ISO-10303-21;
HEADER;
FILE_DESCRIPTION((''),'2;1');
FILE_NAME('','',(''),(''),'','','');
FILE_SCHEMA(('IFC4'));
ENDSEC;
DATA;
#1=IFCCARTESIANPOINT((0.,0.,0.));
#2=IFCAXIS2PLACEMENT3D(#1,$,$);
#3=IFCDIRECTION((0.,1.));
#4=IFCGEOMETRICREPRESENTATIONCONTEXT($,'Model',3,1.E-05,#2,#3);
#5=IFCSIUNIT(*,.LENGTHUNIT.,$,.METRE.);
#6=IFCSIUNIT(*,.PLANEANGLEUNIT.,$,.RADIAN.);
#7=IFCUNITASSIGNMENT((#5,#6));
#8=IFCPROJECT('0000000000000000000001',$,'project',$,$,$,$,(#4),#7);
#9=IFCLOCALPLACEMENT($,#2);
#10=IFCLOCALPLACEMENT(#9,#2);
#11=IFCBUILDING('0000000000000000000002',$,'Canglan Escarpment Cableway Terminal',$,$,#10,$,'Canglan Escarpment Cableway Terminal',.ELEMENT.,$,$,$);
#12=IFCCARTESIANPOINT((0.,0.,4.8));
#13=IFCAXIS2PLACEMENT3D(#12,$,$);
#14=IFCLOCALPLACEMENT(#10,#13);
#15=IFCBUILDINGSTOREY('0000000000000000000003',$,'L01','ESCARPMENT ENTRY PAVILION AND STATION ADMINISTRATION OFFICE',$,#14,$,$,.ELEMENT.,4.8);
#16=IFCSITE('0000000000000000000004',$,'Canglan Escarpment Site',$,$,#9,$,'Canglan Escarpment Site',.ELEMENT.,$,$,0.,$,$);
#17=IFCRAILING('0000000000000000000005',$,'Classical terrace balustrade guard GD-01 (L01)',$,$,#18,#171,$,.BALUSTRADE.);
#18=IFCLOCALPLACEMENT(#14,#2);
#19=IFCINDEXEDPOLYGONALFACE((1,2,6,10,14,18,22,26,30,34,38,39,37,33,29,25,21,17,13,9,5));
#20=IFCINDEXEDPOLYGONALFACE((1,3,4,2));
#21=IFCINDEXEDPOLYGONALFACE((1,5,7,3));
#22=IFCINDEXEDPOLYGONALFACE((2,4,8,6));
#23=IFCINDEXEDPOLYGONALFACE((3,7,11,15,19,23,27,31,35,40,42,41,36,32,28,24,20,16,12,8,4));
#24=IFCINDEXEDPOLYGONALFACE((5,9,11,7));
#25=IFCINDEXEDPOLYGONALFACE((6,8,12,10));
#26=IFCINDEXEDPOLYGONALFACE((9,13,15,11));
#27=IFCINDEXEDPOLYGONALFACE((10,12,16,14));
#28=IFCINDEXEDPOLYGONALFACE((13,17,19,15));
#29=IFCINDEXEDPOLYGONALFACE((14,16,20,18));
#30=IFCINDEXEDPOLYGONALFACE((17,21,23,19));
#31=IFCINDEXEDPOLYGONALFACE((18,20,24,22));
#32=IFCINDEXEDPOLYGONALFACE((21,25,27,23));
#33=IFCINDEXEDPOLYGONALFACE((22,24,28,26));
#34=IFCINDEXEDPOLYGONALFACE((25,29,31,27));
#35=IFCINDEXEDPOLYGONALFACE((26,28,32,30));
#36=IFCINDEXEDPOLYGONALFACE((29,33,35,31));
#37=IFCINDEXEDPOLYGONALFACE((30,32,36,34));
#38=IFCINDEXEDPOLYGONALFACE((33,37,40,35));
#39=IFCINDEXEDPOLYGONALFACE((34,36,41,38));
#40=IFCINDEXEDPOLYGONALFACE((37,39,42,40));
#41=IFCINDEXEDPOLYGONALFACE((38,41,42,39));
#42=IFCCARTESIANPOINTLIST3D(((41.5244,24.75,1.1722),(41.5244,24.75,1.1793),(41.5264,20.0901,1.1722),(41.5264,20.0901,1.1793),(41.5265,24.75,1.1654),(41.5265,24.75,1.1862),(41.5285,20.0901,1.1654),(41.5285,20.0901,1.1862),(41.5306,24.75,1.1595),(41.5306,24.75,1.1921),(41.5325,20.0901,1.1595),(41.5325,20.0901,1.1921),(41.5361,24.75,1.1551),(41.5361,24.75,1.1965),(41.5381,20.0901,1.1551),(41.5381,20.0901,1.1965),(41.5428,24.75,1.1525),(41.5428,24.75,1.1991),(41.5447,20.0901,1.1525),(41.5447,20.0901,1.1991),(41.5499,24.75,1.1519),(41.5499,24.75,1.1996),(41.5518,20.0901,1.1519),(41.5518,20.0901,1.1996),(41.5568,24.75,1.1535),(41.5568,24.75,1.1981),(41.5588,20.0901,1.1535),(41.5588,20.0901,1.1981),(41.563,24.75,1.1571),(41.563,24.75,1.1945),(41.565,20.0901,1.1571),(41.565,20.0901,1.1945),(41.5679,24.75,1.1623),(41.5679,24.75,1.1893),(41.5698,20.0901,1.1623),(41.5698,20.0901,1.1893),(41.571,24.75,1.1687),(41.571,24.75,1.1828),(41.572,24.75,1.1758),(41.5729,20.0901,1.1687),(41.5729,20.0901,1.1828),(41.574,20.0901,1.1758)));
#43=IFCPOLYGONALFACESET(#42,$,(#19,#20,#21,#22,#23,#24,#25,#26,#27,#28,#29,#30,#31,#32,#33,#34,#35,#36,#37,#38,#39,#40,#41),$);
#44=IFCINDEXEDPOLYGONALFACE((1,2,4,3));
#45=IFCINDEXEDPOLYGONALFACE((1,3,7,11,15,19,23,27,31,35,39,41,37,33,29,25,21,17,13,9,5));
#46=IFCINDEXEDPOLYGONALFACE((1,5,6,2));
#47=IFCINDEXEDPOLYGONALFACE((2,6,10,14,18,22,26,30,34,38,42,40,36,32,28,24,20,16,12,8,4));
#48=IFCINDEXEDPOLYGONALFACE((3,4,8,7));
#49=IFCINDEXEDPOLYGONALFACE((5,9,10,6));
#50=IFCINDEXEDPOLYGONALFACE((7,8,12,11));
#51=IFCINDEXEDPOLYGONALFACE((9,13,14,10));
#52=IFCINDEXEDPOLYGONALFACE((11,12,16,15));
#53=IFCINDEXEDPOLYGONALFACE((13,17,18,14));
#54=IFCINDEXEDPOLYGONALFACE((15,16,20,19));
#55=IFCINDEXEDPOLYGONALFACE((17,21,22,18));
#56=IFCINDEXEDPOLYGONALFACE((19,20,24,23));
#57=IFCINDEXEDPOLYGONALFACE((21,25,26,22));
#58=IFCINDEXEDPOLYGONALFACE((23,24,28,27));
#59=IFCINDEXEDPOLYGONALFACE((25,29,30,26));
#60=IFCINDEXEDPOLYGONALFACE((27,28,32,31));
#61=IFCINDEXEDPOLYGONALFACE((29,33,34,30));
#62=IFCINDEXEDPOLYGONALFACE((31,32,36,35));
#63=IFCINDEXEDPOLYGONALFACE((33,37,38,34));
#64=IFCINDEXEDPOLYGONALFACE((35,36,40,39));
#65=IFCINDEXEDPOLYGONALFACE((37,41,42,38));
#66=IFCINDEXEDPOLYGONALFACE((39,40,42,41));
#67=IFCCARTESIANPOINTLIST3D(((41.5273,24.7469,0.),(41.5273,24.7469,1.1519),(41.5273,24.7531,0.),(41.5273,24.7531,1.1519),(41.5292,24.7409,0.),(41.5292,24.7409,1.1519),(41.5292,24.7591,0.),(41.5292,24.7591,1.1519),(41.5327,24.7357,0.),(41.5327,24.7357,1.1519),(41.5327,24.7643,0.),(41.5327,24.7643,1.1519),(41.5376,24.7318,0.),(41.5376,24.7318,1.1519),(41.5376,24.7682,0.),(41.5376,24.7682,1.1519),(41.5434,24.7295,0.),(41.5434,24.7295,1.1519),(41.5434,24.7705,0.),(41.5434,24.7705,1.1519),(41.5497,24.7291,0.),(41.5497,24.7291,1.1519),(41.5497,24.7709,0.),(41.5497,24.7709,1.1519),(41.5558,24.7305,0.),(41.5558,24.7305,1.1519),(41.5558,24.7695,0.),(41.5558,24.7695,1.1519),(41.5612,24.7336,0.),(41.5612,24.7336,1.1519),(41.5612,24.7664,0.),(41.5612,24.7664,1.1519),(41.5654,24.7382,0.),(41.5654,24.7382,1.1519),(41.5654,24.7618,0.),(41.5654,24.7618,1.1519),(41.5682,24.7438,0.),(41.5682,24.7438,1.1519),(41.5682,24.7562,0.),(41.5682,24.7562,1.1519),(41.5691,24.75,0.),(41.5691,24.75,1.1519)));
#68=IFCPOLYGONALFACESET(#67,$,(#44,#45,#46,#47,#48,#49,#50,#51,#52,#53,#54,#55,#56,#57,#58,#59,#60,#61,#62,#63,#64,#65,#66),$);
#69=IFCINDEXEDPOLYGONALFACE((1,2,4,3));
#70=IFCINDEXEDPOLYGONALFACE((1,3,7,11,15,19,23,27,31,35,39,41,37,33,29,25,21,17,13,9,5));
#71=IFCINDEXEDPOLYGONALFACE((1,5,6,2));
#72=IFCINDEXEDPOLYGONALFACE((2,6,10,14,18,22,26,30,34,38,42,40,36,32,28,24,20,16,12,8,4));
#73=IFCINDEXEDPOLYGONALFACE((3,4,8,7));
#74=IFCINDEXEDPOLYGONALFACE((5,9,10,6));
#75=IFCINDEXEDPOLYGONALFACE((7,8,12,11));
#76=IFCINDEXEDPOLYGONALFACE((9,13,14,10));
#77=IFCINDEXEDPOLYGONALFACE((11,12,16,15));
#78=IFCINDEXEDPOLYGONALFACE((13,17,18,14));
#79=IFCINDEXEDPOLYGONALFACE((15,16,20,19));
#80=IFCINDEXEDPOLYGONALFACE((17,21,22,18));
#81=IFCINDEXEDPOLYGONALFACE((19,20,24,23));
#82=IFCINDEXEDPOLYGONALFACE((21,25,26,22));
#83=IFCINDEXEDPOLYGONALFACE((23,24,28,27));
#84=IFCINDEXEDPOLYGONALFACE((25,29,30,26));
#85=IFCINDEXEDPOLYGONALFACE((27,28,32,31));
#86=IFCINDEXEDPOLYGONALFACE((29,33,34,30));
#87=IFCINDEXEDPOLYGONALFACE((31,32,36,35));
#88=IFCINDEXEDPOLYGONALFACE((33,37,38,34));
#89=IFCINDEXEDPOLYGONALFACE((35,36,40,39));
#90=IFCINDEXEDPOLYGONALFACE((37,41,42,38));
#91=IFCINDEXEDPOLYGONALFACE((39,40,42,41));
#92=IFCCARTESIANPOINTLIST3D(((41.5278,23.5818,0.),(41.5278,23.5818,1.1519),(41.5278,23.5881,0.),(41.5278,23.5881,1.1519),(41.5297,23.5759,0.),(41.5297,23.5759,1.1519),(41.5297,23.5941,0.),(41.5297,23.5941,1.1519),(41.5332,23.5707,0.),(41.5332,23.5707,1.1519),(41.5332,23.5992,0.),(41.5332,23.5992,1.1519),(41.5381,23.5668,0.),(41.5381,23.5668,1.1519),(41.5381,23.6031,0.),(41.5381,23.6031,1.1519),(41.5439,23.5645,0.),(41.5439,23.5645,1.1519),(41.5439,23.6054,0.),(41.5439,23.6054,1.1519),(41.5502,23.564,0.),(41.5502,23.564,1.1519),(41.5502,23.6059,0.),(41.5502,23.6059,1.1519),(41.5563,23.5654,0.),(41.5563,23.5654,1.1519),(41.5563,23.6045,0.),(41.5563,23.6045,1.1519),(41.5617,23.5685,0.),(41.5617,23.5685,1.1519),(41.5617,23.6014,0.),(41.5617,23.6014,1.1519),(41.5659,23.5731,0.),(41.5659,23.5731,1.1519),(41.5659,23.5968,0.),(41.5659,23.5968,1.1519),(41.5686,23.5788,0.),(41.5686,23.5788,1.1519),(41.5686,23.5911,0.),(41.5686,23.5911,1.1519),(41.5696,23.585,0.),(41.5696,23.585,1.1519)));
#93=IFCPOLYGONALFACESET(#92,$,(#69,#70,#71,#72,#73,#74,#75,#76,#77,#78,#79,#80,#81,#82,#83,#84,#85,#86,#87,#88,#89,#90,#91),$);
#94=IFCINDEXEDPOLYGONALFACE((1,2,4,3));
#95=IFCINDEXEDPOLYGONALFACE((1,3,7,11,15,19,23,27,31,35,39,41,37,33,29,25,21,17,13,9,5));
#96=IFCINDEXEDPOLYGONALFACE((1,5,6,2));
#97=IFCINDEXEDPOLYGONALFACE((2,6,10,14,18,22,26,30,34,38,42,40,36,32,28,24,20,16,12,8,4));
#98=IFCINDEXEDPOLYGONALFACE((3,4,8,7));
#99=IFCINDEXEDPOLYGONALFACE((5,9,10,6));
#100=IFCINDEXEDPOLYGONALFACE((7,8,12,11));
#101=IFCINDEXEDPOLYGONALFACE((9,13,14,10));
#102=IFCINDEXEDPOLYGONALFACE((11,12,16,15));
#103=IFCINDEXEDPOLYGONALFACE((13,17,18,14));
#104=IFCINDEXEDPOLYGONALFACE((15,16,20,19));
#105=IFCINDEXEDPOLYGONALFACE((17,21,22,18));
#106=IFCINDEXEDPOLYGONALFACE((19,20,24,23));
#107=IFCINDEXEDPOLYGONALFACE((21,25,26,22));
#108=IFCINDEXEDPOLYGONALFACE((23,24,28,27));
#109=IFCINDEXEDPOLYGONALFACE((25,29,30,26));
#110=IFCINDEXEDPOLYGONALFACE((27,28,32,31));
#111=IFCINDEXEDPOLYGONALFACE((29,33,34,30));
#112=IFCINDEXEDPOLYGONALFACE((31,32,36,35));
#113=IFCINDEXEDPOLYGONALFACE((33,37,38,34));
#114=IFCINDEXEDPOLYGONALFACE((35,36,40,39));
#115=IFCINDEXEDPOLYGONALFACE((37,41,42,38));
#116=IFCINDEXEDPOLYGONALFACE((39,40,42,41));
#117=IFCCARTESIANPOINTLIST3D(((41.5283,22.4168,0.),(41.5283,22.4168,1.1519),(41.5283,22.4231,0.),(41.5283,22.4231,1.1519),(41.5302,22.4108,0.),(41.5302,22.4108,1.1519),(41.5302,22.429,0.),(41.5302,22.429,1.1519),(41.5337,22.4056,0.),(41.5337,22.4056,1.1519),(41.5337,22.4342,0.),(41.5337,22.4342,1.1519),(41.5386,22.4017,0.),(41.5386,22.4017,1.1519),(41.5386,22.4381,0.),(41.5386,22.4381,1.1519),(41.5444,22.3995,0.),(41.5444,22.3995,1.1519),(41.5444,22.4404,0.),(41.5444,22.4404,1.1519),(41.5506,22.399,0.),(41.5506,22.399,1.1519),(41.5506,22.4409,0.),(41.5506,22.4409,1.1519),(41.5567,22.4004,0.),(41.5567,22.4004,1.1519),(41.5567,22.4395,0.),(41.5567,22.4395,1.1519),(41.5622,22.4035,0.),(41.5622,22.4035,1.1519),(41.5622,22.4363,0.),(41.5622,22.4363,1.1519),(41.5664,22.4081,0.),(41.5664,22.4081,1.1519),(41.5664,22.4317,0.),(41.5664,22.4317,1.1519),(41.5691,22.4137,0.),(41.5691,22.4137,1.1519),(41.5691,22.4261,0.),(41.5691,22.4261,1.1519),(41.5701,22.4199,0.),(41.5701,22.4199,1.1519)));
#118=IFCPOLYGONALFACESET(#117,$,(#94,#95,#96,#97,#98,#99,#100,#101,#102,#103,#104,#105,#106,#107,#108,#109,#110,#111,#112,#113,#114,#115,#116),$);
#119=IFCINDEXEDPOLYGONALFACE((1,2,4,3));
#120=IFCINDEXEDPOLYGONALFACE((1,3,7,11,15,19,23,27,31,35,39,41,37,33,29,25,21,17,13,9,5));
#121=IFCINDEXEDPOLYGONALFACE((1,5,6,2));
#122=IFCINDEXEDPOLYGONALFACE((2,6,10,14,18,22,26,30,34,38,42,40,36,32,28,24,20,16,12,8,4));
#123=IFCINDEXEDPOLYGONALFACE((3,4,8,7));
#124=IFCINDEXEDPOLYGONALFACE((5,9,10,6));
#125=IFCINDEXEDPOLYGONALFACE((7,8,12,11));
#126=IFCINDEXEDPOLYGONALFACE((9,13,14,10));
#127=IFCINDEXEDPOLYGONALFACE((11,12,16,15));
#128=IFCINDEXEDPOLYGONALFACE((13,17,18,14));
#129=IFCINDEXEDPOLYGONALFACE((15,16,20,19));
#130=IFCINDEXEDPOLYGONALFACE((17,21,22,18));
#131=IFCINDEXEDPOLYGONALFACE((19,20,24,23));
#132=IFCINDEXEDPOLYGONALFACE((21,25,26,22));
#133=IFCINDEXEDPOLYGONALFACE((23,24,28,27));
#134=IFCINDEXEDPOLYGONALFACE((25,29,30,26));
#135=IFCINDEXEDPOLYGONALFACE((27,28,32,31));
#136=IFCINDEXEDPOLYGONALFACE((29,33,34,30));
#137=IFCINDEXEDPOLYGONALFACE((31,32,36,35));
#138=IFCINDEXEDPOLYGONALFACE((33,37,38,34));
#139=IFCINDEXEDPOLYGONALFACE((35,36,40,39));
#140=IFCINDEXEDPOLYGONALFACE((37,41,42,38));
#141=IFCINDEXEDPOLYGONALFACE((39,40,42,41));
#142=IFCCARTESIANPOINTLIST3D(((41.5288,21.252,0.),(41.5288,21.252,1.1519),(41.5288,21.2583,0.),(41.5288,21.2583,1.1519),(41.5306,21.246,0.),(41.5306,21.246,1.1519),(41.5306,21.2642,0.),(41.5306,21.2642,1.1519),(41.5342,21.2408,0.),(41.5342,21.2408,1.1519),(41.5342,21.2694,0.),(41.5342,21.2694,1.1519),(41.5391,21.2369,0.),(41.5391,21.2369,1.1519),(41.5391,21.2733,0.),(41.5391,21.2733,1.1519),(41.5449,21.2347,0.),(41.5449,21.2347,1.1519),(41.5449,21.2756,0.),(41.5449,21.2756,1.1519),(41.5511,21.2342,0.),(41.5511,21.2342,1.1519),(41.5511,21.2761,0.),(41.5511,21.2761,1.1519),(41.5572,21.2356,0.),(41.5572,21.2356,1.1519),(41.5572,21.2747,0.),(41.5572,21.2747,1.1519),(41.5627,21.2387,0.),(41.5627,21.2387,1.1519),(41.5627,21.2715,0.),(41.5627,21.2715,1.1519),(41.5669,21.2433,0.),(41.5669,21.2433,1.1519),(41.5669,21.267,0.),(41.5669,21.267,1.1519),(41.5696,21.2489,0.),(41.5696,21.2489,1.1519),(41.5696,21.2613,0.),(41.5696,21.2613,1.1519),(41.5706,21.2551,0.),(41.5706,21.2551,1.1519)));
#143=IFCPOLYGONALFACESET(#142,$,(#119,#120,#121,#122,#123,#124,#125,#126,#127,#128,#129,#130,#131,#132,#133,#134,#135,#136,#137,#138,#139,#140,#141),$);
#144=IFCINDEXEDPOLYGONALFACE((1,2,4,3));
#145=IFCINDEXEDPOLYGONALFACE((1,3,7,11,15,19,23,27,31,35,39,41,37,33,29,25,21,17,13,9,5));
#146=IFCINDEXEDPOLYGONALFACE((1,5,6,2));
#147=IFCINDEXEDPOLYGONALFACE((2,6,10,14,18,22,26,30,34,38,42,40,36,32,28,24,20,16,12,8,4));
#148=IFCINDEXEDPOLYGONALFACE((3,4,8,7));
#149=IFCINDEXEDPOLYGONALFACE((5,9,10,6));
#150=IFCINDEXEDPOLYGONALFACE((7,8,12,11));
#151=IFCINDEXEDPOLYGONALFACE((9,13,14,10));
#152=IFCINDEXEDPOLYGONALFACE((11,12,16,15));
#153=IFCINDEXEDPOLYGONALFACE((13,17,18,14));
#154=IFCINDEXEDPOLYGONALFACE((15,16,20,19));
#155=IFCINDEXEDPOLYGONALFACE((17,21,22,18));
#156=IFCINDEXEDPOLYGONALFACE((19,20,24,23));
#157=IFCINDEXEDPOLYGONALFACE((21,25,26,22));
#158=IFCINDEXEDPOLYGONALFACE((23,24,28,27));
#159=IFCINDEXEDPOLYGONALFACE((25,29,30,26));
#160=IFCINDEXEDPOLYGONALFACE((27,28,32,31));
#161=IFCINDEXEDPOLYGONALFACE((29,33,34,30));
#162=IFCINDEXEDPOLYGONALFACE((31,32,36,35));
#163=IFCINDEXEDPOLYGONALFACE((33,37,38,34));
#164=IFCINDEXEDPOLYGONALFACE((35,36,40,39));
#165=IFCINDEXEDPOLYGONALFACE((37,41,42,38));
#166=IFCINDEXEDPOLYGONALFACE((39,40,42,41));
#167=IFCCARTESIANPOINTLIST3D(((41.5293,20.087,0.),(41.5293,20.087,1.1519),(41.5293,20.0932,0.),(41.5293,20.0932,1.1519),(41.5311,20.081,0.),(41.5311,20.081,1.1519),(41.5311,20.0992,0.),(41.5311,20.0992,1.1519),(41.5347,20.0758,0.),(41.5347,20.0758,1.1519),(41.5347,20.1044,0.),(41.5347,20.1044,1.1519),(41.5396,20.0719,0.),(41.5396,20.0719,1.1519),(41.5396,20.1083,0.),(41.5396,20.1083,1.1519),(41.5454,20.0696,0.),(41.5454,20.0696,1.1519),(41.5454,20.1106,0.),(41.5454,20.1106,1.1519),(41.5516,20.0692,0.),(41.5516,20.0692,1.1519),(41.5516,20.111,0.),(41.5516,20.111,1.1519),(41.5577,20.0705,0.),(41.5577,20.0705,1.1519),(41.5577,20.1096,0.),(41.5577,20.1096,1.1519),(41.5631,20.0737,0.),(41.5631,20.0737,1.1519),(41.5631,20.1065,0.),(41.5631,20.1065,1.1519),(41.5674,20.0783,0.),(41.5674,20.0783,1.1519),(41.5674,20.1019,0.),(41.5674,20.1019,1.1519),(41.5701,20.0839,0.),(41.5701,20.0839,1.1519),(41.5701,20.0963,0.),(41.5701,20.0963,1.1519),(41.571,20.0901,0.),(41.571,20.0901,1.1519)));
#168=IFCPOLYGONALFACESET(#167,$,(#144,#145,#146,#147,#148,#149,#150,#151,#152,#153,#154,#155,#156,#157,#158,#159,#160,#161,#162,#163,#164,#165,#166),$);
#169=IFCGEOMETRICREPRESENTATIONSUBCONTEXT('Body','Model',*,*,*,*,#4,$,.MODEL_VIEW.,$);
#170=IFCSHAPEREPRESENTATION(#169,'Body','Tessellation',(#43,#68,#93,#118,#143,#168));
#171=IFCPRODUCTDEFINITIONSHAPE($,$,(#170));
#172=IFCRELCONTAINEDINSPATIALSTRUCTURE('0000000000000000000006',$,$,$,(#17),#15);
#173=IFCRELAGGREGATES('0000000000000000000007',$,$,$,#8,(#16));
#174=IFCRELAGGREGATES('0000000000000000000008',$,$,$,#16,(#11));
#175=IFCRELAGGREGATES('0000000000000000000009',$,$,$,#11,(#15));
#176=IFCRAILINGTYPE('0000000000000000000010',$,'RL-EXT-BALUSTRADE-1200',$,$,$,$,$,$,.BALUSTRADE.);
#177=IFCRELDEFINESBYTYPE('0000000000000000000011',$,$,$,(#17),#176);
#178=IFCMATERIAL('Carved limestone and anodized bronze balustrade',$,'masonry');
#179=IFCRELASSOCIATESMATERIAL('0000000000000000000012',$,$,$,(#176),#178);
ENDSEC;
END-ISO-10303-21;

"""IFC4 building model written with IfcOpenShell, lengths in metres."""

from ifc_helpers import new_model, si_unit, direction, frame, origin, origin_2d, place, context, subcontext, project, spatial, circle, extrude, material, type_object, element, save


model = new_model("IFC4")

# Units and contexts
model_context = context("Model", 3, precision=1e-05, world=origin(), true_north=direction((0.0, 1.0)))
body_context = subcontext(model_context, "Body", "Model", "MODEL_VIEW")
ifc_project = project(units=[si_unit("LENGTHUNIT", "METRE"), si_unit("PLANEANGLEUNIT", "RADIAN")], contexts=[model_context])

# Site, building, storey
site_placement = place(None, origin())
site = spatial("IfcSite", under=ifc_project, at=site_placement, Name="Canglan Escarpment Site", LongName="Canglan Escarpment Site", CompositionType="ELEMENT", RefElevation=0.0)
building_placement = place(site_placement, origin())
building = spatial("IfcBuilding", under=site, at=building_placement, Name="Canglan Escarpment Cableway Terminal", LongName="Canglan Escarpment Cableway Terminal", CompositionType="ELEMENT")
storey_placement = place(building_placement, frame((0.0, 0.0, 4.8)))
storey = spatial("IfcBuildingStorey", under=building, at=storey_placement, Name="L01", Description="ESCARPMENT ENTRY PAVILION AND STATION ADMINISTRATION OFFICE", CompositionType="ELEMENT", Elevation=4.8)

# Railing
ifc_material_1 = material(Name="Carved limestone and anodized bronze balustrade", Category="masonry")
railing_type = type_object("IfcRailingType", Name="RL-EXT-BALUSTRADE-1200", PredefinedType="BALUSTRADE", material=ifc_material_1)
railing_placement = place(storey_placement, frame((41.5481, 24.75, 0.0)))
element("IfcRailing", 1, at=railing_placement, inside=storey, type_object=railing_type, Name="Classical terrace balustrade guard GD-01 (L01)", PredefinedType="BALUSTRADE", context=body_context, shape_type="SweptSolid", body=[
    extrude(circle(Radius=0.0239, at=origin_2d()), frame((0.0, 0.0, 1.1758), z_axis=(0.000419, -1.0, 0.0), x_axis=(1.0, 0.000419, 0.0)), (0.0, 0.0, 1.0), 4.6599),
    extrude(circle(Radius=0.021, at=origin_2d()), origin(), (0.0, 0.0, 1.0), 1.1519),
    extrude(circle(Radius=0.021, at=origin_2d()), frame((0.0005, -1.165, 0.0)), (0.0, 0.0, 1.0), 1.1519),
    extrude(circle(Radius=0.021, at=origin_2d()), frame((0.001, -2.3301, 0.0)), (0.0, 0.0, 1.0), 1.1519),
    extrude(circle(Radius=0.021, at=origin_2d()), frame((0.0015, -3.4949, 0.0)), (0.0, 0.0, 1.0), 1.1519),
    extrude(circle(Radius=0.021, at=origin_2d()), frame((0.002, -4.6599, 0.0)), (0.0, 0.0, 1.0), 1.1519),
])

save(model, "model.ifc")
